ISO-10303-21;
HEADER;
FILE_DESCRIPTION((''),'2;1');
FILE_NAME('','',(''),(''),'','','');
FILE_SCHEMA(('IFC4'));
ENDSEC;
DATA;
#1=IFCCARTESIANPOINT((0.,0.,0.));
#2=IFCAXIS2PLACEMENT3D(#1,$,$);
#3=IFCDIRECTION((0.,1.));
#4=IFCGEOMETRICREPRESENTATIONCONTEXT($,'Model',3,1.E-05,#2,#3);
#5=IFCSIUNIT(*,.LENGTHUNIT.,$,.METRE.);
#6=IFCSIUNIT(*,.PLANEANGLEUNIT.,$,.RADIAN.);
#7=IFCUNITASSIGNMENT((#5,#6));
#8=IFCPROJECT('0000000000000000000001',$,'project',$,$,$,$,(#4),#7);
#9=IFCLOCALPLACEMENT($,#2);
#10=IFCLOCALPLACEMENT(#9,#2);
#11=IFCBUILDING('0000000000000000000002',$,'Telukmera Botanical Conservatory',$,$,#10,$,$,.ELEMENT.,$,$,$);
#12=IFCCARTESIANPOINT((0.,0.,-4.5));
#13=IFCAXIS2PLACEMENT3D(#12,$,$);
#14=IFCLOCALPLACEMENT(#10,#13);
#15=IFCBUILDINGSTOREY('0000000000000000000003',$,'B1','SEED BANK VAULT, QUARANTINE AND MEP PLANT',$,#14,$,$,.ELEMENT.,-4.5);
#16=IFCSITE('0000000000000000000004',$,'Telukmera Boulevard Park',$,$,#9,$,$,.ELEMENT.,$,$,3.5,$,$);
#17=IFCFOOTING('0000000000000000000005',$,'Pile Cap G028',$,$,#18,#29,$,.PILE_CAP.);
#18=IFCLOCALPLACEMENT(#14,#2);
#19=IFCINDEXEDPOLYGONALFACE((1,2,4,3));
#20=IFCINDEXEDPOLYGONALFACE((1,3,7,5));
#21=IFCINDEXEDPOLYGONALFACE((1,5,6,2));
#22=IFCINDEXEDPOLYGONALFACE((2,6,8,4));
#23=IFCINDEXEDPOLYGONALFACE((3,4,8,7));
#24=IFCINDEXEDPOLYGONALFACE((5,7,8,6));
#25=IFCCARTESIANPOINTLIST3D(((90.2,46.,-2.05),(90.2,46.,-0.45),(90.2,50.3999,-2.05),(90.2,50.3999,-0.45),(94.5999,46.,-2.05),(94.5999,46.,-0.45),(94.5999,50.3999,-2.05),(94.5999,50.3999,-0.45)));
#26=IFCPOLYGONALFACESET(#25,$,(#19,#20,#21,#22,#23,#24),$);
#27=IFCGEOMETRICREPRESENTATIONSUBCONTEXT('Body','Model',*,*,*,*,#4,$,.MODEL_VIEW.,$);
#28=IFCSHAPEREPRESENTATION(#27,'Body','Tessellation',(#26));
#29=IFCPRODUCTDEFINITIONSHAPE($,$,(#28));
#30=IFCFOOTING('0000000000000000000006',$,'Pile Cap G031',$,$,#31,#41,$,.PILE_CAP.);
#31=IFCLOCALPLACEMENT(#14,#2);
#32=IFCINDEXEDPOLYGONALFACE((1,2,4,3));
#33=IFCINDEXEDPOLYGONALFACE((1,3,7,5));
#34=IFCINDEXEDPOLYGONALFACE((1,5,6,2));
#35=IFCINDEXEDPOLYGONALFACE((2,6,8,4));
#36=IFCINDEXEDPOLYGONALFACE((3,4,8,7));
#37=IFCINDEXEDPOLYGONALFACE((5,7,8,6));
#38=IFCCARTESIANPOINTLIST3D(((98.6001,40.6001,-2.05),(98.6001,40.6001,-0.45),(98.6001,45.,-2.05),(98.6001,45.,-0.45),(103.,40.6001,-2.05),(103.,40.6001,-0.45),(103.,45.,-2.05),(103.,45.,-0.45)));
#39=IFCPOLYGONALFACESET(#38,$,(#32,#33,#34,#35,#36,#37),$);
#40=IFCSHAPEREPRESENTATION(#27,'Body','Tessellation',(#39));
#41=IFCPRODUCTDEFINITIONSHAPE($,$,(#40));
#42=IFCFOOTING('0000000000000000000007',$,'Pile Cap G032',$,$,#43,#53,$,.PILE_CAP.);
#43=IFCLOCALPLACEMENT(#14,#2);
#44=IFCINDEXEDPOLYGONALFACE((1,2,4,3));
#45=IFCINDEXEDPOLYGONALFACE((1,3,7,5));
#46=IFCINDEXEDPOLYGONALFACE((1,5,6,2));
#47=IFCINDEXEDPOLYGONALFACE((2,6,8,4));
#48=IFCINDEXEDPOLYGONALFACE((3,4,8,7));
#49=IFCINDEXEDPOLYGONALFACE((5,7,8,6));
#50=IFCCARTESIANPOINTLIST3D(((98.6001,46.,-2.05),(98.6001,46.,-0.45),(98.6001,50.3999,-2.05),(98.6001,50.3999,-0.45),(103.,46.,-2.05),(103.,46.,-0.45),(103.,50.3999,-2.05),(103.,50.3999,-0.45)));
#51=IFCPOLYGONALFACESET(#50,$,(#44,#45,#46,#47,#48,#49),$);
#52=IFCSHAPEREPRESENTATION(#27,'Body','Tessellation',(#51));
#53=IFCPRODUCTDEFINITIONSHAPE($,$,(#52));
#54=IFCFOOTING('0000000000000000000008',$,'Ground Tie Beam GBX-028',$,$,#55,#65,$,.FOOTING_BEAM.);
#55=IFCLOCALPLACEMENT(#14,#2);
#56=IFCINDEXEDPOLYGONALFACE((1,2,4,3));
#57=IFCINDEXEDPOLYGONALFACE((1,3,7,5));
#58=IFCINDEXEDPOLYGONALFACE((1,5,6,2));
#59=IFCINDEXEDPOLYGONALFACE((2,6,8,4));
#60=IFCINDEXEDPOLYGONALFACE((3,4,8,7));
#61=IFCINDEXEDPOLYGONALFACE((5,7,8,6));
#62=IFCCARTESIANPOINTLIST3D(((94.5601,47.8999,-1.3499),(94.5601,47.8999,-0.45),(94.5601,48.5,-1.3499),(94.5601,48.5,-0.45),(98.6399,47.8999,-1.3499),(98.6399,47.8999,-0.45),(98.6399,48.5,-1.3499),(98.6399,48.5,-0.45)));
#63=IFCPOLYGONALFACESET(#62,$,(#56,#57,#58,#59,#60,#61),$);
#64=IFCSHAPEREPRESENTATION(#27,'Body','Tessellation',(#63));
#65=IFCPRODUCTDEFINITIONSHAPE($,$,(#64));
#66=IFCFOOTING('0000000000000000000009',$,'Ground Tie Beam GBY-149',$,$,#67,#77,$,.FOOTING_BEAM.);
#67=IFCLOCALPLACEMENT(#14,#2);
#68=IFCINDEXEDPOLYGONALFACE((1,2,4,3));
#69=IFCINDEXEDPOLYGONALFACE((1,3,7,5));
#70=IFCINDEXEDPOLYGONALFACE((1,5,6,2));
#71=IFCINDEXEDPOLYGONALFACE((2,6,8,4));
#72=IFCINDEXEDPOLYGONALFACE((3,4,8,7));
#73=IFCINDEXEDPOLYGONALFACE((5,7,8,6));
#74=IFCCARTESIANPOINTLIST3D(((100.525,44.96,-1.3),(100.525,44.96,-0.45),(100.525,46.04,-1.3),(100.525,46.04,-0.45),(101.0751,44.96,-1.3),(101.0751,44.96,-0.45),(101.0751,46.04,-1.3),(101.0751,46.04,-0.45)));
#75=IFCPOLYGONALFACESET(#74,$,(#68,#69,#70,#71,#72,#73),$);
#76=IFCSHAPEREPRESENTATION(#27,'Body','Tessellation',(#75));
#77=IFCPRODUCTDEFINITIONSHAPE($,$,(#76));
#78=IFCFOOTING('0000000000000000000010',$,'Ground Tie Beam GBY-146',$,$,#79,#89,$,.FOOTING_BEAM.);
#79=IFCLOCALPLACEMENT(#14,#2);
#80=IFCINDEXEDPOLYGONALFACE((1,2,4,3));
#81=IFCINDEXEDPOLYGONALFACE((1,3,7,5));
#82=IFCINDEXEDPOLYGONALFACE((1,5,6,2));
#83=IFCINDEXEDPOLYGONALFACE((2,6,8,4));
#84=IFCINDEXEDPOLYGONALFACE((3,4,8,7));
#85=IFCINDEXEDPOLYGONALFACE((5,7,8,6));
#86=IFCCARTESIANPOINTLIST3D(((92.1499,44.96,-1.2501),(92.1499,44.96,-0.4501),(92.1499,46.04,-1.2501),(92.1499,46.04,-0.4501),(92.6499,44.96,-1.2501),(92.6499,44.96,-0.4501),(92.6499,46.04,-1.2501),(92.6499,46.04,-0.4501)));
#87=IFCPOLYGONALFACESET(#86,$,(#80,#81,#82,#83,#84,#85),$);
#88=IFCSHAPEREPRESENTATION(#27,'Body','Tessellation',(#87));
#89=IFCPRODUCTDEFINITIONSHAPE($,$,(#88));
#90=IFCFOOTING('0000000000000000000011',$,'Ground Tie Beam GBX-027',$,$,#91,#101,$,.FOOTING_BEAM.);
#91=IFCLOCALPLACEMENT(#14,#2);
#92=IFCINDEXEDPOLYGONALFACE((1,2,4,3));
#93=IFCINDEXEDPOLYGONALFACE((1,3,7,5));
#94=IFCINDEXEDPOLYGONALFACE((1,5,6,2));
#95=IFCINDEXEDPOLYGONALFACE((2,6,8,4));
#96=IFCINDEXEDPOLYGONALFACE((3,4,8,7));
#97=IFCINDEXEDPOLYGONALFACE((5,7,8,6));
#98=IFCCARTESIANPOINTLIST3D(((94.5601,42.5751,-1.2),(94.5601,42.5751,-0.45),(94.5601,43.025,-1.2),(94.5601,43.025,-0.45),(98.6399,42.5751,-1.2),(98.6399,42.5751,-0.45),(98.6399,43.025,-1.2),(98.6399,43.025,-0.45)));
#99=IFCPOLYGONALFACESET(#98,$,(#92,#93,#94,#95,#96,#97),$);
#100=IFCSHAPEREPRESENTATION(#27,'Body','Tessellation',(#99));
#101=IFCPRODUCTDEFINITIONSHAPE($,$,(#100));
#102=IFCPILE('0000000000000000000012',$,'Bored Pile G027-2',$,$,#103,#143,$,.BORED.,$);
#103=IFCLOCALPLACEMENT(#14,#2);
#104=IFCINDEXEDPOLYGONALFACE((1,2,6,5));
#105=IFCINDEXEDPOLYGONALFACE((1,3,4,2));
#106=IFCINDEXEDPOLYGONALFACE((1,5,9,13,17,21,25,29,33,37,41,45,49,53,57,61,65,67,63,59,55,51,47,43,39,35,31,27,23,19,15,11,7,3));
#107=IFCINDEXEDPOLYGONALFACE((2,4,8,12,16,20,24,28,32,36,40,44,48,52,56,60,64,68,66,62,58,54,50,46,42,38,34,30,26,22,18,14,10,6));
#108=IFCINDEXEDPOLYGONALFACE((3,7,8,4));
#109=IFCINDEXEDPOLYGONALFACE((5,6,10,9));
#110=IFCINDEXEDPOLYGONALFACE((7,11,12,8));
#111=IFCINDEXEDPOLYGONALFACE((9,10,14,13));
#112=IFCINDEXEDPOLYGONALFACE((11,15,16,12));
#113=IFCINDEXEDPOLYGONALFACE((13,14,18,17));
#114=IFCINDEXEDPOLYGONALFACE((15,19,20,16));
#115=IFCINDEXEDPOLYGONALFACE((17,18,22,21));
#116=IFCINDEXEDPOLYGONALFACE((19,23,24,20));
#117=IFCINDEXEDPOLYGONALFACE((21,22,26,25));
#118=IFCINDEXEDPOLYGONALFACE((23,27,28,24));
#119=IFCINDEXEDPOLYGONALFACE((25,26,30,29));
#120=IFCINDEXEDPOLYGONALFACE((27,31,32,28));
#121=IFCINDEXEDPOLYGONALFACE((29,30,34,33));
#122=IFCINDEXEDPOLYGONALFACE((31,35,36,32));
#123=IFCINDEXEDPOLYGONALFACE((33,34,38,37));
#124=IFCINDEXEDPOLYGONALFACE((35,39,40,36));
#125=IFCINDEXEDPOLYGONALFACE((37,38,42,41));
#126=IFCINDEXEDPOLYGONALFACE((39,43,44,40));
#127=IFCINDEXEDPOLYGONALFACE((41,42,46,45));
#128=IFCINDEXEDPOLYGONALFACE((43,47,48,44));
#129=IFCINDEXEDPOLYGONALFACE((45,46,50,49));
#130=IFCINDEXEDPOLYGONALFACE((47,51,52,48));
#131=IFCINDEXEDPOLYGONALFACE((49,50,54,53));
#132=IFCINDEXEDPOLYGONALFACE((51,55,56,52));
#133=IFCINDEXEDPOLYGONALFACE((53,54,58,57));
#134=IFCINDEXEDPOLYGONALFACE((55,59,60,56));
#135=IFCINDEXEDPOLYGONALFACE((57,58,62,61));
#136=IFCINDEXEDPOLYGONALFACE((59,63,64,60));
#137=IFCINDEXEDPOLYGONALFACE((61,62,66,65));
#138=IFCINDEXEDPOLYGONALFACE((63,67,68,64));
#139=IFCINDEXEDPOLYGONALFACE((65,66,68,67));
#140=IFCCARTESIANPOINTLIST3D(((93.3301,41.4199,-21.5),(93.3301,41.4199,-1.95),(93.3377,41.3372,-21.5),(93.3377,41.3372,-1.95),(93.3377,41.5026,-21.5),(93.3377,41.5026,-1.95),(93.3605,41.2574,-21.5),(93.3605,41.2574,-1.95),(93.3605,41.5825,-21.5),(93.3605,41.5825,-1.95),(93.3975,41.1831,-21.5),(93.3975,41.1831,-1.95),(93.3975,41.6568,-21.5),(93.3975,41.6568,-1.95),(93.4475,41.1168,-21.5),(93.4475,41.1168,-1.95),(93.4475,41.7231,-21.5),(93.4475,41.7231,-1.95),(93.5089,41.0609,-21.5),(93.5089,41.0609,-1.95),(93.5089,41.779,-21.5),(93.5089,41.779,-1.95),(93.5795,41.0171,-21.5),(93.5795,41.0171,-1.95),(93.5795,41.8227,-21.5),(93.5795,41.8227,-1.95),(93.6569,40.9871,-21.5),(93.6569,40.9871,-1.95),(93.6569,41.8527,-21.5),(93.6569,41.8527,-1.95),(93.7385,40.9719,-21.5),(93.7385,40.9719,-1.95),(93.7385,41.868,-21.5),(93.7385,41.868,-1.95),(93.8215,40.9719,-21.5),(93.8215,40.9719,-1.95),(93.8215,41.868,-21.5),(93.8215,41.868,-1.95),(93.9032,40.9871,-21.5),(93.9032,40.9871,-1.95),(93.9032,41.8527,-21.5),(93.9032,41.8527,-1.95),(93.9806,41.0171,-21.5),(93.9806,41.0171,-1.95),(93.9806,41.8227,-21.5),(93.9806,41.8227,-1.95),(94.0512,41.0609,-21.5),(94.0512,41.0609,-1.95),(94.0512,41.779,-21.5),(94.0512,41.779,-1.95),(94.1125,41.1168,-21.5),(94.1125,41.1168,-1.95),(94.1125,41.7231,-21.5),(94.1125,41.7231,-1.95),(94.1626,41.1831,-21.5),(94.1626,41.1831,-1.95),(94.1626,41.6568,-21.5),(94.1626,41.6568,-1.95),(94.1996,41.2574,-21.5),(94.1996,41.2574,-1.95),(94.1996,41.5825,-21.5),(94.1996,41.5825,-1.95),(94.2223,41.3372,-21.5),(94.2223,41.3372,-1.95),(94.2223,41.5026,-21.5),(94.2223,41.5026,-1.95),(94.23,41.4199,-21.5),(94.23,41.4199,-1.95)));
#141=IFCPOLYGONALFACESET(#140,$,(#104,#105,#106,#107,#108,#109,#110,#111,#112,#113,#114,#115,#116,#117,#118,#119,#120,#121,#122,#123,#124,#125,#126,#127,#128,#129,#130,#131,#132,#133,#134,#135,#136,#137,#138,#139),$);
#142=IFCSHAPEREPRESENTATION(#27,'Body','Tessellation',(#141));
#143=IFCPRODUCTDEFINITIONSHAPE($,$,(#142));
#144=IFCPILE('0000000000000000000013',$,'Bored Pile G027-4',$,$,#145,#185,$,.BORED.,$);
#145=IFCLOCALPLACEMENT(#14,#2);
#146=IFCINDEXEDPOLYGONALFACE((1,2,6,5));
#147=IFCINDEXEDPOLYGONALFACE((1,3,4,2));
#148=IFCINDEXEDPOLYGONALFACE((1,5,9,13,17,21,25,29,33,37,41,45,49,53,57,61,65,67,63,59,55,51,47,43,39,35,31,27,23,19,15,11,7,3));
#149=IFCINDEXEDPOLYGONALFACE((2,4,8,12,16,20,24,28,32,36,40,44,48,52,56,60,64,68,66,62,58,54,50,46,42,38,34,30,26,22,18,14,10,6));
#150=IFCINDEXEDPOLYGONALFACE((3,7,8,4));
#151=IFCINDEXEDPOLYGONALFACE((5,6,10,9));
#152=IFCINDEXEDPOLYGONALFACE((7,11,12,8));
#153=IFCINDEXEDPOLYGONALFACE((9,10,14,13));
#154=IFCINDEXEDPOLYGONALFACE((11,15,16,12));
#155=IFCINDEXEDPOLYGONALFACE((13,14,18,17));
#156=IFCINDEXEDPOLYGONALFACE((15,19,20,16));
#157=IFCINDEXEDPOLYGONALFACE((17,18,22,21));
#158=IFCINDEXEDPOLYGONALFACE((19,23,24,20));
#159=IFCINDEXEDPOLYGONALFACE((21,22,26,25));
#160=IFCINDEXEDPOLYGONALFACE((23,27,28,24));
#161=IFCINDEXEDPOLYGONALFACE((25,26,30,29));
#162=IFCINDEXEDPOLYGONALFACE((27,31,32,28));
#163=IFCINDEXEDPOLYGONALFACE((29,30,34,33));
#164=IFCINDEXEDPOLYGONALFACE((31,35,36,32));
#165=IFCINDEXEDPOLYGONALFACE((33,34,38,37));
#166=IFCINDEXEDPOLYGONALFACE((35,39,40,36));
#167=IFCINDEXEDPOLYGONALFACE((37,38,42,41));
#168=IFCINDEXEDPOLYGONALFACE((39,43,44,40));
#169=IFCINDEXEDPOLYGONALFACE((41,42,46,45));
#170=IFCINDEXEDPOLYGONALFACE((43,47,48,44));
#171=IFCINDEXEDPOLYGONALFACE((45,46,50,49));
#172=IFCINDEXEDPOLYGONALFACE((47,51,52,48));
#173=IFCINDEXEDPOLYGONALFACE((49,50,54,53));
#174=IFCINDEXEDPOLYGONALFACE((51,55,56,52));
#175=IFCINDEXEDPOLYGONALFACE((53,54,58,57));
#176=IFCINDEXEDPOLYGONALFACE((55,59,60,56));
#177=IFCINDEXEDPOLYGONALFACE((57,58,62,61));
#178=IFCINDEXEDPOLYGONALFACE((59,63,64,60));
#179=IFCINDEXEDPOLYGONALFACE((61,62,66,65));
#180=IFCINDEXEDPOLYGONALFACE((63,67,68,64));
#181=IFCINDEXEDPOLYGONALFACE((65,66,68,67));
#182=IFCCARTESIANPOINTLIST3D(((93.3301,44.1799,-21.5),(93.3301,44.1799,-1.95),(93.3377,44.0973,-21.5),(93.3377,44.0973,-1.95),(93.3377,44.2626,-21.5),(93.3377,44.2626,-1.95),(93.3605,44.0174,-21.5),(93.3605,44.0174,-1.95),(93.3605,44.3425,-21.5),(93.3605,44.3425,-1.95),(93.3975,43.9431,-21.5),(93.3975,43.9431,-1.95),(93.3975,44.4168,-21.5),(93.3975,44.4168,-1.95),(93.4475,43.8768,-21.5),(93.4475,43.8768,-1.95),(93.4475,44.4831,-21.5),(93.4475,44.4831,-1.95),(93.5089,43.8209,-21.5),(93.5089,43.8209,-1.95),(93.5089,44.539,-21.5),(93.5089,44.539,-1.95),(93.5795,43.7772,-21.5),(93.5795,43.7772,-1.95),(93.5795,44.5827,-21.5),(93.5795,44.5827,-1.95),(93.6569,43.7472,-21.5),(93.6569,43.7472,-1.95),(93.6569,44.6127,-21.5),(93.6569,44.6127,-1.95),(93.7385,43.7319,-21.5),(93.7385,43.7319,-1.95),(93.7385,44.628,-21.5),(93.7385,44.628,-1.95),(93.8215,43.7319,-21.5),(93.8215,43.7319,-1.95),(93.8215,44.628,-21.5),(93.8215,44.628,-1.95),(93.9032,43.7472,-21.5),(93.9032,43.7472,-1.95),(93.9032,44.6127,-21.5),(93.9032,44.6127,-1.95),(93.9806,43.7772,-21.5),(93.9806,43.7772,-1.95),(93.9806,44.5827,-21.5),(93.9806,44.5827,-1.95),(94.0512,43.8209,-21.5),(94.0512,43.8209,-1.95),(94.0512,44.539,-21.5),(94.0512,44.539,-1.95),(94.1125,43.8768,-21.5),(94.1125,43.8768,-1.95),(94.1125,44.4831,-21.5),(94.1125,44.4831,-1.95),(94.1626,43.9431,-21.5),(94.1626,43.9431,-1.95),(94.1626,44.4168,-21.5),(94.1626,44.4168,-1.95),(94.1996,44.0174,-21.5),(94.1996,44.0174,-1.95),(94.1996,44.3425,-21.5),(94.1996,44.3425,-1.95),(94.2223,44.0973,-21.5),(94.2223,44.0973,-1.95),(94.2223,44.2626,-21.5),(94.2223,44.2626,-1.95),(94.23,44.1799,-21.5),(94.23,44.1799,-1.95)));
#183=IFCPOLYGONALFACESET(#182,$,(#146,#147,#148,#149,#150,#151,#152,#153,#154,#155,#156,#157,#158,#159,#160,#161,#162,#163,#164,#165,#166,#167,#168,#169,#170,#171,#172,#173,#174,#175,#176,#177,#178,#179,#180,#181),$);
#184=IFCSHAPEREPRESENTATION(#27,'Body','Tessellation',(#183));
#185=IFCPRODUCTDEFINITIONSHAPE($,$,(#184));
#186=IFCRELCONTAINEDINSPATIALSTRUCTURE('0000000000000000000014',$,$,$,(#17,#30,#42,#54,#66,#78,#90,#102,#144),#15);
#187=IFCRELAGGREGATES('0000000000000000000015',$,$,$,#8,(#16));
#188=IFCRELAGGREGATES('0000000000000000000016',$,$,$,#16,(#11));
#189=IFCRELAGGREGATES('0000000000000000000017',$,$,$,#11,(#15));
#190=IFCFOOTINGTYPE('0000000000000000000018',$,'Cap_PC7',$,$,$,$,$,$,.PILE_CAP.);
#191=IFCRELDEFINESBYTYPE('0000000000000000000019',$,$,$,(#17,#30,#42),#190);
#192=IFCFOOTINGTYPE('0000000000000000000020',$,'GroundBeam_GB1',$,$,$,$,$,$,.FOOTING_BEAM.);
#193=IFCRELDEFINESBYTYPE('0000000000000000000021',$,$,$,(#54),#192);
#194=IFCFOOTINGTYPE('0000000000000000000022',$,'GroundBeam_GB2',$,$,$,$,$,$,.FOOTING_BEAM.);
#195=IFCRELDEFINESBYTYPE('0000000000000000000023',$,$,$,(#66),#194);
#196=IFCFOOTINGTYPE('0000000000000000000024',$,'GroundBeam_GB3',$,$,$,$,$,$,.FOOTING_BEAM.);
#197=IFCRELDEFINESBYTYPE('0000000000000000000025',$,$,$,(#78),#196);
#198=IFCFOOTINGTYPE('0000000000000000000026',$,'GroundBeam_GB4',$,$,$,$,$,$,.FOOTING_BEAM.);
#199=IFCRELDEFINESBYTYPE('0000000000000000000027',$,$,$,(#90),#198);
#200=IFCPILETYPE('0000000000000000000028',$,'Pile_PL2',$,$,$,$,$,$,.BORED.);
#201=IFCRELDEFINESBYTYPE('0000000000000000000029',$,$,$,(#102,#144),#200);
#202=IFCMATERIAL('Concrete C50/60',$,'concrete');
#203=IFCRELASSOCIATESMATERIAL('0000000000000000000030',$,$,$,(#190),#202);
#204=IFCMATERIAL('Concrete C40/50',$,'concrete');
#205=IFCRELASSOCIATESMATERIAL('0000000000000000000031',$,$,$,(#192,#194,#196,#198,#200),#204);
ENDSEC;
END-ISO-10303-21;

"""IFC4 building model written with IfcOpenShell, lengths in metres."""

from ifc_helpers import new_model, si_unit, direction, frame, origin, origin_2d, place, context, subcontext, project, spatial, rectangle, circle, extrude, material, material_profile, profile_set, type_object, element, save


model = new_model("IFC4")

# Units and contexts
model_context = context("Model", 3, precision=1e-05, world=origin(), true_north=direction((0.0, 1.0)))
body_context = subcontext(model_context, "Body", "Model", "MODEL_VIEW")
ifc_project = project(units=[si_unit("LENGTHUNIT", "METRE"), si_unit("PLANEANGLEUNIT", "RADIAN")], contexts=[model_context])

# Site, building, storey
site_placement = place(None, origin())
site = spatial("IfcSite", under=ifc_project, at=site_placement, Name="Telukmera Boulevard Park", CompositionType="ELEMENT", RefElevation=3.5)
building_placement = place(site_placement, origin())
building = spatial("IfcBuilding", under=site, at=building_placement, Name="Telukmera Botanical Conservatory", CompositionType="ELEMENT")
storey_placement = place(building_placement, frame((0.0, 0.0, -4.5)))
storey = spatial("IfcBuildingStorey", under=building, at=storey_placement, Name="B1", Description="SEED BANK VAULT, QUARANTINE AND MEP PLANT", CompositionType="ELEMENT", Elevation=-4.5)

# Footings
ifc_material_1 = material(Name="Concrete C50/60", Category="concrete")
footing_type_1 = type_object("IfcFootingType", Name="Cap_PC7", PredefinedType="PILE_CAP", material=ifc_material_1)
for number, where, z_axis, x_axis, name in (
    (1, (92.3999, 48.2, -2.05), (0.0, 0.0, 1.0), (1.0, 0.0, 0.0), "Pile Cap G028"),
    (2, (100.8, 42.8, -2.05), (0.0, 0.0, 1.0), (1.0, 0.0, 0.0), "Pile Cap G031"),
    (3, (100.8, 48.2, -2.05), (0.0, 0.0, 1.0), (1.0, 0.0, 0.0), "Pile Cap G032"),
):
    element("IfcFooting", number, at=place(storey_placement, frame(where, z_axis=z_axis, x_axis=x_axis)), inside=storey, type_object=footing_type_1, Name=name, PredefinedType="PILE_CAP", context=body_context, shape_type="SweptSolid", body=[
        extrude(rectangle(XDim=4.3999, YDim=4.3999, at=origin_2d()), origin(), (0.0, 0.0, 1.0), 1.6001),
    ])
ifc_material_2 = material(Name="Concrete C40/50", Category="concrete")
ifc_material_profile_1 = material_profile(ifc_material_2, rectangle(XDim=0.6001, YDim=0.8999, at=origin_2d()), Name="RC 600x900")
ifc_profile_set_1 = profile_set([ifc_material_profile_1], Name="Concrete C40/50")
footing_type_2 = type_object("IfcFootingType", Name="GroundBeam_GB1", PredefinedType="FOOTING_BEAM", material=ifc_profile_set_1)
footing_1_placement = place(storey_placement, frame((94.5601, 48.2, -0.8999), z_axis=(1.0, 0.0, 0.0), x_axis=(0.0, 1.0, 0.0)))
element("IfcFooting", 4, at=footing_1_placement, inside=storey, type_object=footing_type_2, Name="Ground Tie Beam GBX-028", PredefinedType="FOOTING_BEAM", context=body_context, shape_type="SweptSolid", body=[
    extrude(rectangle(XDim=0.6001, YDim=0.8999, at=origin_2d()), origin(), (0.0, 0.0, 1.0), 4.0798),
])
ifc_material_profile_2 = material_profile(ifc_material_2, rectangle(XDim=0.55, YDim=0.8501, at=origin_2d()), Name="RC 550x850")
ifc_profile_set_2 = profile_set([ifc_material_profile_2], Name="Concrete C40/50")
footing_type_3 = type_object("IfcFootingType", Name="GroundBeam_GB2", PredefinedType="FOOTING_BEAM", material=ifc_profile_set_2)
footing_2_placement = place(storey_placement, frame((100.8, 44.96, -0.875), z_axis=(0.0, 1.0, 0.0), x_axis=(-1.0, 0.0, 0.0)))
element("IfcFooting", 5, at=footing_2_placement, inside=storey, type_object=footing_type_3, Name="Ground Tie Beam GBY-149", PredefinedType="FOOTING_BEAM", context=body_context, shape_type="SweptSolid", body=[
    extrude(rectangle(XDim=0.55, YDim=0.8501, at=origin_2d()), origin(), (0.0, 0.0, 1.0), 1.0801),
])
ifc_material_profile_3 = material_profile(ifc_material_2, rectangle(XDim=0.5, YDim=0.8, at=origin_2d()), Name="RC 500x800")
ifc_profile_set_3 = profile_set([ifc_material_profile_3], Name="Concrete C40/50")
footing_type_4 = type_object("IfcFootingType", Name="GroundBeam_GB3", PredefinedType="FOOTING_BEAM", material=ifc_profile_set_3)
footing_3_placement = place(storey_placement, frame((92.3999, 44.96, -0.8501), z_axis=(0.0, 1.0, 0.0), x_axis=(-1.0, 0.0, 0.0)))
element("IfcFooting", 6, at=footing_3_placement, inside=storey, type_object=footing_type_4, Name="Ground Tie Beam GBY-146", PredefinedType="FOOTING_BEAM", context=body_context, shape_type="SweptSolid", body=[
    extrude(rectangle(XDim=0.5, YDim=0.8, at=origin_2d()), origin(), (0.0, 0.0, 1.0), 1.0801),
])
ifc_material_profile_4 = material_profile(ifc_material_2, rectangle(XDim=0.45, YDim=0.75, at=origin_2d()), Name="RC 450x750")
ifc_profile_set_4 = profile_set([ifc_material_profile_4], Name="Concrete C40/50")
footing_type_5 = type_object("IfcFootingType", Name="GroundBeam_GB4", PredefinedType="FOOTING_BEAM", material=ifc_profile_set_4)
footing_4_placement = place(storey_placement, frame((94.5601, 42.8, -0.825), z_axis=(1.0, 0.0, 0.0), x_axis=(0.0, 1.0, 0.0)))
element("IfcFooting", 7, at=footing_4_placement, inside=storey, type_object=footing_type_5, Name="Ground Tie Beam GBX-027", PredefinedType="FOOTING_BEAM", context=body_context, shape_type="SweptSolid", body=[
    extrude(rectangle(XDim=0.45, YDim=0.75, at=origin_2d()), origin(), (0.0, 0.0, 1.0), 4.0798),
])

# Piles
ifc_material_profile_5 = material_profile(ifc_material_2, circle(Radius=0.45, at=origin_2d()), Name="PILE D900")
ifc_profile_set_5 = profile_set([ifc_material_profile_5], Name="Concrete C40/50")
pile_type = type_object("IfcPileType", Name="Pile_PL2", PredefinedType="BORED", material=ifc_profile_set_5)
for number, where, z_axis, x_axis, name in (
    (8, (93.78, 41.4199, -1.95), (0.0, 0.0, -1.0), (1.0, 0.0, 0.0), "Bored Pile G027-2"),
    (9, (93.78, 44.1799, -1.95), (0.0, 0.0, -1.0), (1.0, 0.0, 0.0), "Bored Pile G027-4"),
):
    element("IfcPile", number, at=place(storey_placement, frame(where, z_axis=z_axis, x_axis=x_axis)), inside=storey, type_object=pile_type, Name=name, PredefinedType="BORED", context=body_context, shape_type="SweptSolid", body=[
        extrude(circle(Radius=0.45, at=origin_2d()), origin(), (0.0, 0.0, 1.0), 19.55),
    ])

save(model, "model.ifc")
